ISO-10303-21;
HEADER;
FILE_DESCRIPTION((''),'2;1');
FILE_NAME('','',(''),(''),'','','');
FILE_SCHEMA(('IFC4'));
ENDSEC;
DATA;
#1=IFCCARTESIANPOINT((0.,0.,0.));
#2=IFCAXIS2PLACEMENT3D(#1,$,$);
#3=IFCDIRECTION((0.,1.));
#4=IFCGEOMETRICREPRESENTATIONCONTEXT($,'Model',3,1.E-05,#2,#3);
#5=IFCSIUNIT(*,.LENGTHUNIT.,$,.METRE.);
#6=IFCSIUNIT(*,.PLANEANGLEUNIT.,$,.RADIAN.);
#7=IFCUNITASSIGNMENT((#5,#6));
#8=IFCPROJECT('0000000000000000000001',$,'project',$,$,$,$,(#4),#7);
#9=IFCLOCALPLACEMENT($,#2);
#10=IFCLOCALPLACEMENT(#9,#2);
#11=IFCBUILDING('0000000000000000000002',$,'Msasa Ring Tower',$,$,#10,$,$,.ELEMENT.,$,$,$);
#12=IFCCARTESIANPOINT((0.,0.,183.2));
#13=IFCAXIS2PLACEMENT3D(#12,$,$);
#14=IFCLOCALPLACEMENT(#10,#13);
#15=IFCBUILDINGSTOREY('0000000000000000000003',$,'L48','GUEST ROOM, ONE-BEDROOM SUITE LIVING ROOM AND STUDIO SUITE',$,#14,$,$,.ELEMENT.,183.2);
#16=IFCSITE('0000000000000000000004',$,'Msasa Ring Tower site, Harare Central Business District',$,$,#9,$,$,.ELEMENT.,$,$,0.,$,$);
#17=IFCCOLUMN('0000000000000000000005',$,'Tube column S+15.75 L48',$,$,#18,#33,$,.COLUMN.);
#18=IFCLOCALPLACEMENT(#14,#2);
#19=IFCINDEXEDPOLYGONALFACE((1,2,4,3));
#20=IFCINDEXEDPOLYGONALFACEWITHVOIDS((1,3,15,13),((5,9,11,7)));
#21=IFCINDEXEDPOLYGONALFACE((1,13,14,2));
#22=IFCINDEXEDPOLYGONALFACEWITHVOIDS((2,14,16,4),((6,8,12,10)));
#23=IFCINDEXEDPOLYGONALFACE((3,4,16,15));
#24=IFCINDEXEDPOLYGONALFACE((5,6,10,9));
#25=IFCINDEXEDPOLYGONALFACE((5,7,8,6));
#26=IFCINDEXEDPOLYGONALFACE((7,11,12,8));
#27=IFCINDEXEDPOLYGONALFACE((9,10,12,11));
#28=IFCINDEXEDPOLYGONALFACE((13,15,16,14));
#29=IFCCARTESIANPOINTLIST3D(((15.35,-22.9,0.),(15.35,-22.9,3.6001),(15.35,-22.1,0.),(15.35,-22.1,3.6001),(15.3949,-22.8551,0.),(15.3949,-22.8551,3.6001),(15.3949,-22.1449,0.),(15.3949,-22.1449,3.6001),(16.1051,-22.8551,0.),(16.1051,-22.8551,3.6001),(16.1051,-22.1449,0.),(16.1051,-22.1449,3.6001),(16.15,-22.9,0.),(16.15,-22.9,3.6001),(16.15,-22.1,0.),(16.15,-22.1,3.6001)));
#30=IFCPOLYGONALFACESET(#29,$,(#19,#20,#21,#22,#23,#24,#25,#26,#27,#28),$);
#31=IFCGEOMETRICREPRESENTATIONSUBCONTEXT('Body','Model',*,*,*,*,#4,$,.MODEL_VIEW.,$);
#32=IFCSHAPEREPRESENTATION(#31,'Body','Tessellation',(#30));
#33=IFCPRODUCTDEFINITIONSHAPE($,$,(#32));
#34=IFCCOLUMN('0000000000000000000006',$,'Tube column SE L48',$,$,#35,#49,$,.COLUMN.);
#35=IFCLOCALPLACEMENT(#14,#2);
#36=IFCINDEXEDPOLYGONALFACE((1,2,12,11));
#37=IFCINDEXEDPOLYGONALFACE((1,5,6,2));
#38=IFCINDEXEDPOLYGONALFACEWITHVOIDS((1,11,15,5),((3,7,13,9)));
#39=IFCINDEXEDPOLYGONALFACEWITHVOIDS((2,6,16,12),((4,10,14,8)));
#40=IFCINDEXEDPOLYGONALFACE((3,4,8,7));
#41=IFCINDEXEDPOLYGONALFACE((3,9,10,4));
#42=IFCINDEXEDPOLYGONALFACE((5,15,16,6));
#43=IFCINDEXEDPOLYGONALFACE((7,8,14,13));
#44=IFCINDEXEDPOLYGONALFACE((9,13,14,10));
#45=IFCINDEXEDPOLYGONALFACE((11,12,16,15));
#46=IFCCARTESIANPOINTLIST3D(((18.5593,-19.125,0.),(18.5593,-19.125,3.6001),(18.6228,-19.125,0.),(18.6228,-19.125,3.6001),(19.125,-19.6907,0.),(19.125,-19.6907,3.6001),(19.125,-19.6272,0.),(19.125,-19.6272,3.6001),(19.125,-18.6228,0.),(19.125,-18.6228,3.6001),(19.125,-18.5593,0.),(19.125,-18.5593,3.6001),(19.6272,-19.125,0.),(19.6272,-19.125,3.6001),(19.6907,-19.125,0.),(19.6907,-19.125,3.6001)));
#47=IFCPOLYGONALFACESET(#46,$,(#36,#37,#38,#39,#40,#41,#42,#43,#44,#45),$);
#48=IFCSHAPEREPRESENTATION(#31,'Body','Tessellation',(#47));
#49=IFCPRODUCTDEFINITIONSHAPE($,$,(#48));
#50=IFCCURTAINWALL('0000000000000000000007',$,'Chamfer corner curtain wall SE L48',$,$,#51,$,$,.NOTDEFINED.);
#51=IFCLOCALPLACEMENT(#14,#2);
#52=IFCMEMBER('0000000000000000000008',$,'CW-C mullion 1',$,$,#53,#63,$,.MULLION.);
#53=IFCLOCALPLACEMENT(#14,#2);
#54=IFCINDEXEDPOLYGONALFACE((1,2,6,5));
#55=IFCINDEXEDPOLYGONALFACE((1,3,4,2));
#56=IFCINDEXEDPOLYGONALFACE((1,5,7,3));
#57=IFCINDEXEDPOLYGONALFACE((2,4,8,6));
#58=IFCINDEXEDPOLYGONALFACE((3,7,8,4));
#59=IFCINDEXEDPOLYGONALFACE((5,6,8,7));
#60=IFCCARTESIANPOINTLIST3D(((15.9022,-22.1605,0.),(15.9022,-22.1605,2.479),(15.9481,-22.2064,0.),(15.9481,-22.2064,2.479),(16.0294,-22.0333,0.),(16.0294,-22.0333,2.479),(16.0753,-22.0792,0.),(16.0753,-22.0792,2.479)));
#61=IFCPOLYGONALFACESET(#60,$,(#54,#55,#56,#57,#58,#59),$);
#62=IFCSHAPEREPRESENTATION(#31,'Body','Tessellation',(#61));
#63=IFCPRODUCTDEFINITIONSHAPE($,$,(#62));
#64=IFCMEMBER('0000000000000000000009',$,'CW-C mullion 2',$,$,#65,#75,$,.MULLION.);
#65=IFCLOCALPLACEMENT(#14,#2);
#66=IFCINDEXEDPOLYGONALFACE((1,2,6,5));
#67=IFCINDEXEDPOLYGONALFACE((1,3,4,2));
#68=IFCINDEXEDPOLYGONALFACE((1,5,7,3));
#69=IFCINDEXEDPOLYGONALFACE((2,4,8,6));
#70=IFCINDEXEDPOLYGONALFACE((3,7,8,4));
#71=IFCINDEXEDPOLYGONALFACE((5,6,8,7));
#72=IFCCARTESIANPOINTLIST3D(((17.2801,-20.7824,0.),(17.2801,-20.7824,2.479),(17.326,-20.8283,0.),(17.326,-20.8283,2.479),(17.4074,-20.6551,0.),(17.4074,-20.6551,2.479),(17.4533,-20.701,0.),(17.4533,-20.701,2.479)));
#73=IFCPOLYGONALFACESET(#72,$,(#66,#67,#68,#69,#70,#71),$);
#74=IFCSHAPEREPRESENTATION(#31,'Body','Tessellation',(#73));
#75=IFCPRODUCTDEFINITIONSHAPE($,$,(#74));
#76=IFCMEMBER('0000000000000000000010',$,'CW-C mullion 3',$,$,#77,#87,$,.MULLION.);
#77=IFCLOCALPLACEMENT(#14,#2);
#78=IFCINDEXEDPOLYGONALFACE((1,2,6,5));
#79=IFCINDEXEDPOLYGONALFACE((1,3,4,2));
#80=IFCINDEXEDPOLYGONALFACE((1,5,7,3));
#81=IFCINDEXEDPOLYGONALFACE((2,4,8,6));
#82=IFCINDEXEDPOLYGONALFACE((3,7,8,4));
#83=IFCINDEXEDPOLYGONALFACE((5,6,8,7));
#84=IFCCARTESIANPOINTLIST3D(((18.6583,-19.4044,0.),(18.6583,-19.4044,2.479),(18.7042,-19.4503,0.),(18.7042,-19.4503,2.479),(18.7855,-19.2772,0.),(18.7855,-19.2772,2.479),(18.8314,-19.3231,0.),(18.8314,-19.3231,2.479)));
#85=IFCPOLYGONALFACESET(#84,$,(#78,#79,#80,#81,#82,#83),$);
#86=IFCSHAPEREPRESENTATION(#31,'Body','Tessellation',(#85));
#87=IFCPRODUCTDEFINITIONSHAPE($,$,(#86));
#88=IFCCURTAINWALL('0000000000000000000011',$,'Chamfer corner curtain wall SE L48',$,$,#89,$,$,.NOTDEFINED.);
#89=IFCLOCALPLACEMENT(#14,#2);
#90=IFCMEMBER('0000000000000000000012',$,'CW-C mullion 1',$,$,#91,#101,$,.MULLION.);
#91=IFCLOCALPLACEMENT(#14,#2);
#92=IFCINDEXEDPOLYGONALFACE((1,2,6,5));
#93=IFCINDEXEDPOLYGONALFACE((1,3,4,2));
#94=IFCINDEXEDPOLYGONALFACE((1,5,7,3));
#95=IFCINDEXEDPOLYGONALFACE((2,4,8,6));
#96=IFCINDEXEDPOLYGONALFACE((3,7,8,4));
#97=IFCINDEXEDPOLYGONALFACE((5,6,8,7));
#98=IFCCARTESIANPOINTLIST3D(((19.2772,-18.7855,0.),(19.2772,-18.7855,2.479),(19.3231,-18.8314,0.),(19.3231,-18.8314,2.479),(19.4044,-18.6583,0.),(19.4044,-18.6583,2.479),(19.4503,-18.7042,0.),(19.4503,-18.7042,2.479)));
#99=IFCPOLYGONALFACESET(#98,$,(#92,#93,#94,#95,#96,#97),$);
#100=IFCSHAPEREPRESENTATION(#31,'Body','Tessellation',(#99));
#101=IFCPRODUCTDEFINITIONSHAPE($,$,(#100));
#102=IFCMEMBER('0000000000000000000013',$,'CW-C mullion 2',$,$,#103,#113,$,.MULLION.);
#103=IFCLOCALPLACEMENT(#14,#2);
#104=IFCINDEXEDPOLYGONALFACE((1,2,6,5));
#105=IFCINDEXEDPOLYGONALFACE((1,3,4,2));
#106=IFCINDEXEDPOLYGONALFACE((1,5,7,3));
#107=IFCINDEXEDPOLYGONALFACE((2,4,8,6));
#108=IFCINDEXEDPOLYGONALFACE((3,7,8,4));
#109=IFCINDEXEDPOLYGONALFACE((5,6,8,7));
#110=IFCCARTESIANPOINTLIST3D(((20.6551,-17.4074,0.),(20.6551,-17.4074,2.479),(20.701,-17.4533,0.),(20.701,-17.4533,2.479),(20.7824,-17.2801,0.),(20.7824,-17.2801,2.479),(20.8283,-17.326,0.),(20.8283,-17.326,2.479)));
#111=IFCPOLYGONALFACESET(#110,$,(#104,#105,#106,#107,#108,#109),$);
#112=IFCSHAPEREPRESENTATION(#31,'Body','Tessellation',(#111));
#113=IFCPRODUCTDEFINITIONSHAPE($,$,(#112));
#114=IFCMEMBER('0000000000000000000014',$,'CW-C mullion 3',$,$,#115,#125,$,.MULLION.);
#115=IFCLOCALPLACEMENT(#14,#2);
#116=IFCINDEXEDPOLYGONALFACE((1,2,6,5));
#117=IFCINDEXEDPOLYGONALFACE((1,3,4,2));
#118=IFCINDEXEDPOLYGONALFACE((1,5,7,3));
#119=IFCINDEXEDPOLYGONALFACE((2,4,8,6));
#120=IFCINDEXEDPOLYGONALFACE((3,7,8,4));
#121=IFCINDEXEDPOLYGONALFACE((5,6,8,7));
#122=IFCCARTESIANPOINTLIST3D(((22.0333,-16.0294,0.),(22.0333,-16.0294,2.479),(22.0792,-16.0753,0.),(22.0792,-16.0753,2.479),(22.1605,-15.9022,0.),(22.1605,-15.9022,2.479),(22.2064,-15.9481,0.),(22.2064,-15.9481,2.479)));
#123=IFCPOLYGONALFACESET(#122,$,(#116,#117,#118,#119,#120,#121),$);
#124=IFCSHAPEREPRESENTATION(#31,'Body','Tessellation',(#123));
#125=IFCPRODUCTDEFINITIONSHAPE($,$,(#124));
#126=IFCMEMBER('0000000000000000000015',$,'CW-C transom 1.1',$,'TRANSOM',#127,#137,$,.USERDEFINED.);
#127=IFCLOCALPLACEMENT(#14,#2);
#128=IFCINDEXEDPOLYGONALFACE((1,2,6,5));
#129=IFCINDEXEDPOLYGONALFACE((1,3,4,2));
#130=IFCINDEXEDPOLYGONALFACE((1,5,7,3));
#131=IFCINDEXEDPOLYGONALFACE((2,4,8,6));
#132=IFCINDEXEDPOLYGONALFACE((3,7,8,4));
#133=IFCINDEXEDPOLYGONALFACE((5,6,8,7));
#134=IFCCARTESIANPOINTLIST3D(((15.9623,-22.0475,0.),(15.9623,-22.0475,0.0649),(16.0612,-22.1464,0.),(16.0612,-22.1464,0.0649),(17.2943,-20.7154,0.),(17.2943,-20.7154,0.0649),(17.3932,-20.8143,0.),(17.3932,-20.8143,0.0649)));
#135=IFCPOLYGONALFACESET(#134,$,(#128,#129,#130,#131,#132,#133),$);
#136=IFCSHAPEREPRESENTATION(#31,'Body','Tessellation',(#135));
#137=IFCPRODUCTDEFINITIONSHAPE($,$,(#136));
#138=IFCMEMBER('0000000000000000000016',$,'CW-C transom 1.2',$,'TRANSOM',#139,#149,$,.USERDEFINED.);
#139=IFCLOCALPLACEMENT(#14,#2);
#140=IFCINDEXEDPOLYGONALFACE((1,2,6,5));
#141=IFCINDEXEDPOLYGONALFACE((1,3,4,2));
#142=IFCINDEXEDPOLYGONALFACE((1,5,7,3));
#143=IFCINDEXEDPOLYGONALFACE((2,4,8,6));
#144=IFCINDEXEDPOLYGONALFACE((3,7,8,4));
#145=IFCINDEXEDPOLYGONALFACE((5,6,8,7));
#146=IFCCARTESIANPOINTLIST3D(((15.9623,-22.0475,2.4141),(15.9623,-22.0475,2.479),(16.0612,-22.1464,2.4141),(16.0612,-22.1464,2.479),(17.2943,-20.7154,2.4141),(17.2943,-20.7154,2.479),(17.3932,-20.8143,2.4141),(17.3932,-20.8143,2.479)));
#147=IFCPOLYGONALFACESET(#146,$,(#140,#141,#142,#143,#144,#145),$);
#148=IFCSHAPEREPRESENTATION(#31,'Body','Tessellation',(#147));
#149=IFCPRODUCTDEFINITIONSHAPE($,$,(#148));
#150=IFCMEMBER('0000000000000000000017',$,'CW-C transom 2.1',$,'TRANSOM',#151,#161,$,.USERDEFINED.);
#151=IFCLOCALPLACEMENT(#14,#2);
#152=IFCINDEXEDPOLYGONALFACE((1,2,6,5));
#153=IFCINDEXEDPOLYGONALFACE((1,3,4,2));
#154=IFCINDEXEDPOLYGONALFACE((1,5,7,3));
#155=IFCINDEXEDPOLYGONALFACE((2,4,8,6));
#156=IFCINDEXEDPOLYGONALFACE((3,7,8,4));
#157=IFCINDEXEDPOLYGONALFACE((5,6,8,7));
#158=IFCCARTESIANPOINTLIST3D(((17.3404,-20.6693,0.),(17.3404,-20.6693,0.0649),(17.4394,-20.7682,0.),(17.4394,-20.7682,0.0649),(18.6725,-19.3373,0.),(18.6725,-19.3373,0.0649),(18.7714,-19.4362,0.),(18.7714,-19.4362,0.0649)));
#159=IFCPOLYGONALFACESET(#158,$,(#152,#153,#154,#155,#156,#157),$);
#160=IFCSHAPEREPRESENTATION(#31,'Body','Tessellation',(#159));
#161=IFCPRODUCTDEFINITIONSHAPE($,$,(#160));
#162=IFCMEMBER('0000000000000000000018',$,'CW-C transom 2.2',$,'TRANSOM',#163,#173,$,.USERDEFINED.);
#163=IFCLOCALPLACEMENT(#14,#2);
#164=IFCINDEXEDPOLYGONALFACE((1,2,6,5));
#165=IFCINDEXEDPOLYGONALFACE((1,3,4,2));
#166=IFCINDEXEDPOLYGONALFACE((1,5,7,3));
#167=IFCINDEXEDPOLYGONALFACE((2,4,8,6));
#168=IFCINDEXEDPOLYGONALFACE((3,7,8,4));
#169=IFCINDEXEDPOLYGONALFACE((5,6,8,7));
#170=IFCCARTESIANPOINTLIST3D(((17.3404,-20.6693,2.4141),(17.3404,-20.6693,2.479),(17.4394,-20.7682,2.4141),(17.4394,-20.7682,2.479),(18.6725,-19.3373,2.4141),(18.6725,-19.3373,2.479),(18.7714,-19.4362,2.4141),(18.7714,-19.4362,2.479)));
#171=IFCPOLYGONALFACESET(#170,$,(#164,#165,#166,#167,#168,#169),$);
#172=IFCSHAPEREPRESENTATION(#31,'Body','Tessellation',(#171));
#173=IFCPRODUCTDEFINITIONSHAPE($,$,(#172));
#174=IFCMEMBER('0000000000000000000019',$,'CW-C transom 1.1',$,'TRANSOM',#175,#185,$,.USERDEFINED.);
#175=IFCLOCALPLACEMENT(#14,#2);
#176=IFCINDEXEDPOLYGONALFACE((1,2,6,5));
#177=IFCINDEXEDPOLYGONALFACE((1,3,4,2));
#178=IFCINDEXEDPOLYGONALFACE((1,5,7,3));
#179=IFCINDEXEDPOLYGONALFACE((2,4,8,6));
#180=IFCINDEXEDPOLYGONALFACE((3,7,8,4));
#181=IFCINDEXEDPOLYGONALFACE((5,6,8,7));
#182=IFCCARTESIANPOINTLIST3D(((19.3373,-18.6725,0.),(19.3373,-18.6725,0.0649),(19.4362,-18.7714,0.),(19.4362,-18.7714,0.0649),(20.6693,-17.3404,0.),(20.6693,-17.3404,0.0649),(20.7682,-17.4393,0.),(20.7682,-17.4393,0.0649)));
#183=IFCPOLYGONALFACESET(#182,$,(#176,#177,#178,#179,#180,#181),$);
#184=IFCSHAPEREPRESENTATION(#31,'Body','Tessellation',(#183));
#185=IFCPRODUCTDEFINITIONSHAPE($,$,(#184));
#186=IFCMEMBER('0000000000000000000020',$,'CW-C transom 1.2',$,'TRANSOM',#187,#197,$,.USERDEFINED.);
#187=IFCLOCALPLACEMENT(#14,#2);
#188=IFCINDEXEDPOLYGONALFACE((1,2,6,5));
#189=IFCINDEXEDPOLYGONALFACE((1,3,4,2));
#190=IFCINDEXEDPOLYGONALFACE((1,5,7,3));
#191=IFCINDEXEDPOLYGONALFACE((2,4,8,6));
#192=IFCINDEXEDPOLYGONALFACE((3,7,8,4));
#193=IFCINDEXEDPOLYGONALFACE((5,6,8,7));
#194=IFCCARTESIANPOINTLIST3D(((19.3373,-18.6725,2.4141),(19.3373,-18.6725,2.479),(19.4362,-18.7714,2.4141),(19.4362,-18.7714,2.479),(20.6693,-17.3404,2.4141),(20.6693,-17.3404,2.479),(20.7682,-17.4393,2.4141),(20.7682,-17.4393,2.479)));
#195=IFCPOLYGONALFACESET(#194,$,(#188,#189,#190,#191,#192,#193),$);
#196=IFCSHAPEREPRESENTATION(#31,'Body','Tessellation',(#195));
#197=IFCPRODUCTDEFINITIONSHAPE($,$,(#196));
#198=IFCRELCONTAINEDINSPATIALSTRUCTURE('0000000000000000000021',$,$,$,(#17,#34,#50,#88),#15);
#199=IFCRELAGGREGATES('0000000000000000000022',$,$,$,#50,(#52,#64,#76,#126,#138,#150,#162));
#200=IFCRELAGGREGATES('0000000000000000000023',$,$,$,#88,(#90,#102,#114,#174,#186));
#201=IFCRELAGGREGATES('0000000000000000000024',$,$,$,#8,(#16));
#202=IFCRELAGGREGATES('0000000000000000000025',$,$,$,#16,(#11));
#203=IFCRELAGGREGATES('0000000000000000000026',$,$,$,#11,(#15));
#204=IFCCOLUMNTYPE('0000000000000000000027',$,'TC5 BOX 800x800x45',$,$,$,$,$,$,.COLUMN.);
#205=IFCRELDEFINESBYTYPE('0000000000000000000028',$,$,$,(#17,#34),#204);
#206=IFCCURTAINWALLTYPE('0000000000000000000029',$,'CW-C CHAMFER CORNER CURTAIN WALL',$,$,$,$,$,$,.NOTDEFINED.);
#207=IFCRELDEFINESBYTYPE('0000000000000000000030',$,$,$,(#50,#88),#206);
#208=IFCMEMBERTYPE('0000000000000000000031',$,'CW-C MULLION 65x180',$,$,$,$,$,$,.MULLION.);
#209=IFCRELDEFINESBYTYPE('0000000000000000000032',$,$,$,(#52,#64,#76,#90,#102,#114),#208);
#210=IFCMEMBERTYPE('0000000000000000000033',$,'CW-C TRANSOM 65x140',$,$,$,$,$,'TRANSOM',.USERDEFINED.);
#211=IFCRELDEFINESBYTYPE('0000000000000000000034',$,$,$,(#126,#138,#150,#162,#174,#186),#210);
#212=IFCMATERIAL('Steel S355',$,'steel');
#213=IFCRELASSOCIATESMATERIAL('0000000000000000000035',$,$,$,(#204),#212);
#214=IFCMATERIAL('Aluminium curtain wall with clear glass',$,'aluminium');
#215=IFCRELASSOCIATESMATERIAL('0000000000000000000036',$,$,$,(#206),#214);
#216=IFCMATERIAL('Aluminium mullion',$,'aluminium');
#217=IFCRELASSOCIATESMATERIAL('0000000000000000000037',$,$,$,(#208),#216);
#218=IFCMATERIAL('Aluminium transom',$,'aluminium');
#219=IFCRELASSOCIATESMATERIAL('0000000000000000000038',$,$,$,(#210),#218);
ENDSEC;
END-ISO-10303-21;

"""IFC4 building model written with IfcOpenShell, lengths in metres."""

from ifc_helpers import new_model, si_unit, direction, frame, origin, origin_2d, place, context, subcontext, project, spatial, rectangle, hollow_rectangle, extrude, material, material_profile, profile_set, type_object, element, aggregate, save


model = new_model("IFC4")

# Units and contexts
model_context = context("Model", 3, precision=1e-05, world=origin(), true_north=direction((0.0, 1.0)))
body_context = subcontext(model_context, "Body", "Model", "MODEL_VIEW")
ifc_project = project(units=[si_unit("LENGTHUNIT", "METRE"), si_unit("PLANEANGLEUNIT", "RADIAN")], contexts=[model_context])

# Site, building, storey
site_placement = place(None, origin())
site = spatial("IfcSite", under=ifc_project, at=site_placement, Name="Msasa Ring Tower site, Harare Central Business District", CompositionType="ELEMENT", RefElevation=0.0)
building_placement = place(site_placement, origin())
building = spatial("IfcBuilding", under=site, at=building_placement, Name="Msasa Ring Tower", CompositionType="ELEMENT")
storey_placement = place(building_placement, frame((0.0, 0.0, 183.2)))
storey = spatial("IfcBuildingStorey", under=building, at=storey_placement, Name="L48", Description="GUEST ROOM, ONE-BEDROOM SUITE LIVING ROOM AND STUDIO SUITE", CompositionType="ELEMENT", Elevation=183.2)

# Columns
ifc_material_1 = material(Name="Steel S355", Category="steel")
ifc_material_profile_1 = material_profile(ifc_material_1, hollow_rectangle(XDim=0.8, YDim=0.8, WallThickness=0.0449, at=origin_2d()), Name="BOX 800x800x45")
ifc_profile_set_1 = profile_set([ifc_material_profile_1], Name="Steel S355")
column_type = type_object("IfcColumnType", Name="TC5 BOX 800x800x45", PredefinedType="COLUMN", material=ifc_profile_set_1)
for number, where, z_axis, x_axis, name in (
    (1, (15.75, -22.5, 0.0), (0.0, 0.0, 1.0), (0.0, 1.0, 0.0), "Tube column S+15.75 L48"),
    (2, (19.125, -19.125, 0.0), (0.0, 0.0, 1.0), (0.707107, -0.707107, 0.0), "Tube column SE L48"),
):
    element("IfcColumn", number, at=place(storey_placement, frame(where, z_axis=z_axis, x_axis=x_axis)), inside=storey, type_object=column_type, Name=name, PredefinedType="COLUMN", context=body_context, shape_type="SweptSolid", body=[
        extrude(hollow_rectangle(XDim=0.8, YDim=0.8, WallThickness=0.0449, at=origin_2d()), origin(), (0.0, 0.0, 1.0), 3.6001),
    ])

# Curtain walls, members
ifc_material_2 = material(Name="Aluminium curtain wall with clear glass", Category="aluminium")
curtain_wall_type = type_object("IfcCurtainWallType", Name="CW-C CHAMFER CORNER CURTAIN WALL", PredefinedType="NOTDEFINED", material=ifc_material_2)
curtain_wall_1_placement = place(storey_placement, origin())
curtain_wall_1 = element("IfcCurtainWall", 3, at=curtain_wall_1_placement, inside=storey, type_object=curtain_wall_type, Name="Chamfer corner curtain wall SE L48", PredefinedType="NOTDEFINED")
ifc_material_3 = material(Name="Aluminium mullion", Category="aluminium")
ifc_material_profile_2 = material_profile(ifc_material_3, rectangle(XDim=0.0649, YDim=0.1799, at=origin_2d()), Name="AL 65x180")
ifc_profile_set_2 = profile_set([ifc_material_profile_2], Name="Aluminium mullion")
member_type_1 = type_object("IfcMemberType", Name="CW-C MULLION 65x180", PredefinedType="MULLION", material=ifc_profile_set_2)
member_1_placement = place(storey_placement, frame((15.9888, -22.1199, 0.0), z_axis=(0.0, 0.0, 1.0), x_axis=(-0.707107, 0.707107, 0.0)))
member_1 = element("IfcMember", 4, at=member_1_placement, type_object=member_type_1, Name="CW-C mullion 1", PredefinedType="MULLION", context=body_context, shape_type="SweptSolid", body=[
    extrude(rectangle(XDim=0.0649, YDim=0.1799, at=origin_2d()), origin(), (0.0, 0.0, 1.0), 2.479),
])
member_2_placement = place(storey_placement, frame((17.3667, -20.7417, 0.0), z_axis=(0.0, 0.0, 1.0), x_axis=(-0.707107, 0.707107, 0.0)))
member_2 = element("IfcMember", 5, at=member_2_placement, type_object=member_type_1, Name="CW-C mullion 2", PredefinedType="MULLION", context=body_context, shape_type="SweptSolid", body=[
    extrude(rectangle(XDim=0.0649, YDim=0.1799, at=origin_2d()), origin(), (0.0, 0.0, 1.0), 2.479),
])
member_3_placement = place(storey_placement, frame((18.7449, -19.3638, 0.0), z_axis=(0.0, 0.0, 1.0), x_axis=(-0.707107, 0.707107, 0.0)))
member_3 = element("IfcMember", 6, at=member_3_placement, type_object=member_type_1, Name="CW-C mullion 3", PredefinedType="MULLION", context=body_context, shape_type="SweptSolid", body=[
    extrude(rectangle(XDim=0.0649, YDim=0.1799, at=origin_2d()), origin(), (0.0, 0.0, 1.0), 2.479),
])
curtain_wall_2_placement = place(storey_placement, origin())
curtain_wall_2 = element("IfcCurtainWall", 7, at=curtain_wall_2_placement, inside=storey, type_object=curtain_wall_type, Name="Chamfer corner curtain wall SE L48", PredefinedType="NOTDEFINED")
member_4_placement = place(storey_placement, frame((19.3638, -18.7449, 0.0), z_axis=(0.0, 0.0, 1.0), x_axis=(-0.707107, 0.707107, 0.0)))
member_4 = element("IfcMember", 8, at=member_4_placement, type_object=member_type_1, Name="CW-C mullion 1", PredefinedType="MULLION", context=body_context, shape_type="SweptSolid", body=[
    extrude(rectangle(XDim=0.0649, YDim=0.1799, at=origin_2d()), origin(), (0.0, 0.0, 1.0), 2.479),
])
member_5_placement = place(storey_placement, frame((20.7417, -17.3667, 0.0), z_axis=(0.0, 0.0, 1.0), x_axis=(-0.707107, 0.707107, 0.0)))
member_5 = element("IfcMember", 9, at=member_5_placement, type_object=member_type_1, Name="CW-C mullion 2", PredefinedType="MULLION", context=body_context, shape_type="SweptSolid", body=[
    extrude(rectangle(XDim=0.0649, YDim=0.1799, at=origin_2d()), origin(), (0.0, 0.0, 1.0), 2.479),
])
member_6_placement = place(storey_placement, frame((22.1199, -15.9888, 0.0), z_axis=(0.0, 0.0, 1.0), x_axis=(-0.707107, 0.707107, 0.0)))
member_6 = element("IfcMember", 10, at=member_6_placement, type_object=member_type_1, Name="CW-C mullion 3", PredefinedType="MULLION", context=body_context, shape_type="SweptSolid", body=[
    extrude(rectangle(XDim=0.0649, YDim=0.1799, at=origin_2d()), origin(), (0.0, 0.0, 1.0), 2.479),
])

# Members
ifc_material_4 = material(Name="Aluminium transom", Category="aluminium")
ifc_material_profile_3 = material_profile(ifc_material_4, rectangle(XDim=0.1399, YDim=0.0649, at=origin_2d()), Name="AL 65x140")
ifc_profile_set_3 = profile_set([ifc_material_profile_3], Name="Aluminium transom")
member_type_2 = type_object("IfcMemberType", Name="CW-C TRANSOM 65x140", ElementType="TRANSOM", PredefinedType="USERDEFINED", material=ifc_profile_set_3)
member_7_placement = place(storey_placement, frame((16.0117, -22.0969, 0.0325), z_axis=(0.707107, 0.707107, 0.0), x_axis=(-0.707107, 0.707107, 0.0)))
member_7 = element("IfcMember", 11, at=member_7_placement, type_object=member_type_2, Name="CW-C transom 1.1", ObjectType="TRANSOM", PredefinedType="USERDEFINED", context=body_context, shape_type="SweptSolid", body=[
    extrude(rectangle(XDim=0.1399, YDim=0.0649, at=origin_2d()), origin(), (0.0, 0.0, 1.0), 1.8838),
])
member_8_placement = place(storey_placement, frame((16.0117, -22.0969, 2.4465), z_axis=(0.707107, 0.707107, 0.0), x_axis=(-0.707107, 0.707107, 0.0)))
member_8 = element("IfcMember", 12, at=member_8_placement, type_object=member_type_2, Name="CW-C transom 1.2", ObjectType="TRANSOM", PredefinedType="USERDEFINED", context=body_context, shape_type="SweptSolid", body=[
    extrude(rectangle(XDim=0.1399, YDim=0.0649, at=origin_2d()), origin(), (0.0, 0.0, 1.0), 1.8838),
])
member_9_placement = place(storey_placement, frame((17.3899, -20.7188, 0.0325), z_axis=(0.707107, 0.707107, 0.0), x_axis=(-0.707107, 0.707107, 0.0)))
member_9 = element("IfcMember", 13, at=member_9_placement, type_object=member_type_2, Name="CW-C transom 2.1", ObjectType="TRANSOM", PredefinedType="USERDEFINED", context=body_context, shape_type="SweptSolid", body=[
    extrude(rectangle(XDim=0.1399, YDim=0.0649, at=origin_2d()), origin(), (0.0, 0.0, 1.0), 1.8838),
])
member_10_placement = place(storey_placement, frame((17.3899, -20.7188, 2.4465), z_axis=(0.707107, 0.707107, 0.0), x_axis=(-0.707107, 0.707107, 0.0)))
member_10 = element("IfcMember", 14, at=member_10_placement, type_object=member_type_2, Name="CW-C transom 2.2", ObjectType="TRANSOM", PredefinedType="USERDEFINED", context=body_context, shape_type="SweptSolid", body=[
    extrude(rectangle(XDim=0.1399, YDim=0.0649, at=origin_2d()), origin(), (0.0, 0.0, 1.0), 1.8838),
])
member_11_placement = place(storey_placement, frame((19.3867, -18.7219, 0.0325), z_axis=(0.707107, 0.707107, 0.0), x_axis=(-0.707107, 0.707107, 0.0)))
member_11 = element("IfcMember", 15, at=member_11_placement, type_object=member_type_2, Name="CW-C transom 1.1", ObjectType="TRANSOM", PredefinedType="USERDEFINED", context=body_context, shape_type="SweptSolid", body=[
    extrude(rectangle(XDim=0.1399, YDim=0.0649, at=origin_2d()), origin(), (0.0, 0.0, 1.0), 1.8838),
])
member_12_placement = place(storey_placement, frame((19.3867, -18.7219, 2.4465), z_axis=(0.707107, 0.707107, 0.0), x_axis=(-0.707107, 0.707107, 0.0)))
member_12 = element("IfcMember", 16, at=member_12_placement, type_object=member_type_2, Name="CW-C transom 1.2", ObjectType="TRANSOM", PredefinedType="USERDEFINED", context=body_context, shape_type="SweptSolid", body=[
    extrude(rectangle(XDim=0.1399, YDim=0.0649, at=origin_2d()), origin(), (0.0, 0.0, 1.0), 1.8838),
])

aggregate(curtain_wall_1, [member_1, member_2, member_3, member_7, member_8, member_9, member_10])
aggregate(curtain_wall_2, [member_4, member_5, member_6, member_11, member_12])

save(model, "model.ifc")
